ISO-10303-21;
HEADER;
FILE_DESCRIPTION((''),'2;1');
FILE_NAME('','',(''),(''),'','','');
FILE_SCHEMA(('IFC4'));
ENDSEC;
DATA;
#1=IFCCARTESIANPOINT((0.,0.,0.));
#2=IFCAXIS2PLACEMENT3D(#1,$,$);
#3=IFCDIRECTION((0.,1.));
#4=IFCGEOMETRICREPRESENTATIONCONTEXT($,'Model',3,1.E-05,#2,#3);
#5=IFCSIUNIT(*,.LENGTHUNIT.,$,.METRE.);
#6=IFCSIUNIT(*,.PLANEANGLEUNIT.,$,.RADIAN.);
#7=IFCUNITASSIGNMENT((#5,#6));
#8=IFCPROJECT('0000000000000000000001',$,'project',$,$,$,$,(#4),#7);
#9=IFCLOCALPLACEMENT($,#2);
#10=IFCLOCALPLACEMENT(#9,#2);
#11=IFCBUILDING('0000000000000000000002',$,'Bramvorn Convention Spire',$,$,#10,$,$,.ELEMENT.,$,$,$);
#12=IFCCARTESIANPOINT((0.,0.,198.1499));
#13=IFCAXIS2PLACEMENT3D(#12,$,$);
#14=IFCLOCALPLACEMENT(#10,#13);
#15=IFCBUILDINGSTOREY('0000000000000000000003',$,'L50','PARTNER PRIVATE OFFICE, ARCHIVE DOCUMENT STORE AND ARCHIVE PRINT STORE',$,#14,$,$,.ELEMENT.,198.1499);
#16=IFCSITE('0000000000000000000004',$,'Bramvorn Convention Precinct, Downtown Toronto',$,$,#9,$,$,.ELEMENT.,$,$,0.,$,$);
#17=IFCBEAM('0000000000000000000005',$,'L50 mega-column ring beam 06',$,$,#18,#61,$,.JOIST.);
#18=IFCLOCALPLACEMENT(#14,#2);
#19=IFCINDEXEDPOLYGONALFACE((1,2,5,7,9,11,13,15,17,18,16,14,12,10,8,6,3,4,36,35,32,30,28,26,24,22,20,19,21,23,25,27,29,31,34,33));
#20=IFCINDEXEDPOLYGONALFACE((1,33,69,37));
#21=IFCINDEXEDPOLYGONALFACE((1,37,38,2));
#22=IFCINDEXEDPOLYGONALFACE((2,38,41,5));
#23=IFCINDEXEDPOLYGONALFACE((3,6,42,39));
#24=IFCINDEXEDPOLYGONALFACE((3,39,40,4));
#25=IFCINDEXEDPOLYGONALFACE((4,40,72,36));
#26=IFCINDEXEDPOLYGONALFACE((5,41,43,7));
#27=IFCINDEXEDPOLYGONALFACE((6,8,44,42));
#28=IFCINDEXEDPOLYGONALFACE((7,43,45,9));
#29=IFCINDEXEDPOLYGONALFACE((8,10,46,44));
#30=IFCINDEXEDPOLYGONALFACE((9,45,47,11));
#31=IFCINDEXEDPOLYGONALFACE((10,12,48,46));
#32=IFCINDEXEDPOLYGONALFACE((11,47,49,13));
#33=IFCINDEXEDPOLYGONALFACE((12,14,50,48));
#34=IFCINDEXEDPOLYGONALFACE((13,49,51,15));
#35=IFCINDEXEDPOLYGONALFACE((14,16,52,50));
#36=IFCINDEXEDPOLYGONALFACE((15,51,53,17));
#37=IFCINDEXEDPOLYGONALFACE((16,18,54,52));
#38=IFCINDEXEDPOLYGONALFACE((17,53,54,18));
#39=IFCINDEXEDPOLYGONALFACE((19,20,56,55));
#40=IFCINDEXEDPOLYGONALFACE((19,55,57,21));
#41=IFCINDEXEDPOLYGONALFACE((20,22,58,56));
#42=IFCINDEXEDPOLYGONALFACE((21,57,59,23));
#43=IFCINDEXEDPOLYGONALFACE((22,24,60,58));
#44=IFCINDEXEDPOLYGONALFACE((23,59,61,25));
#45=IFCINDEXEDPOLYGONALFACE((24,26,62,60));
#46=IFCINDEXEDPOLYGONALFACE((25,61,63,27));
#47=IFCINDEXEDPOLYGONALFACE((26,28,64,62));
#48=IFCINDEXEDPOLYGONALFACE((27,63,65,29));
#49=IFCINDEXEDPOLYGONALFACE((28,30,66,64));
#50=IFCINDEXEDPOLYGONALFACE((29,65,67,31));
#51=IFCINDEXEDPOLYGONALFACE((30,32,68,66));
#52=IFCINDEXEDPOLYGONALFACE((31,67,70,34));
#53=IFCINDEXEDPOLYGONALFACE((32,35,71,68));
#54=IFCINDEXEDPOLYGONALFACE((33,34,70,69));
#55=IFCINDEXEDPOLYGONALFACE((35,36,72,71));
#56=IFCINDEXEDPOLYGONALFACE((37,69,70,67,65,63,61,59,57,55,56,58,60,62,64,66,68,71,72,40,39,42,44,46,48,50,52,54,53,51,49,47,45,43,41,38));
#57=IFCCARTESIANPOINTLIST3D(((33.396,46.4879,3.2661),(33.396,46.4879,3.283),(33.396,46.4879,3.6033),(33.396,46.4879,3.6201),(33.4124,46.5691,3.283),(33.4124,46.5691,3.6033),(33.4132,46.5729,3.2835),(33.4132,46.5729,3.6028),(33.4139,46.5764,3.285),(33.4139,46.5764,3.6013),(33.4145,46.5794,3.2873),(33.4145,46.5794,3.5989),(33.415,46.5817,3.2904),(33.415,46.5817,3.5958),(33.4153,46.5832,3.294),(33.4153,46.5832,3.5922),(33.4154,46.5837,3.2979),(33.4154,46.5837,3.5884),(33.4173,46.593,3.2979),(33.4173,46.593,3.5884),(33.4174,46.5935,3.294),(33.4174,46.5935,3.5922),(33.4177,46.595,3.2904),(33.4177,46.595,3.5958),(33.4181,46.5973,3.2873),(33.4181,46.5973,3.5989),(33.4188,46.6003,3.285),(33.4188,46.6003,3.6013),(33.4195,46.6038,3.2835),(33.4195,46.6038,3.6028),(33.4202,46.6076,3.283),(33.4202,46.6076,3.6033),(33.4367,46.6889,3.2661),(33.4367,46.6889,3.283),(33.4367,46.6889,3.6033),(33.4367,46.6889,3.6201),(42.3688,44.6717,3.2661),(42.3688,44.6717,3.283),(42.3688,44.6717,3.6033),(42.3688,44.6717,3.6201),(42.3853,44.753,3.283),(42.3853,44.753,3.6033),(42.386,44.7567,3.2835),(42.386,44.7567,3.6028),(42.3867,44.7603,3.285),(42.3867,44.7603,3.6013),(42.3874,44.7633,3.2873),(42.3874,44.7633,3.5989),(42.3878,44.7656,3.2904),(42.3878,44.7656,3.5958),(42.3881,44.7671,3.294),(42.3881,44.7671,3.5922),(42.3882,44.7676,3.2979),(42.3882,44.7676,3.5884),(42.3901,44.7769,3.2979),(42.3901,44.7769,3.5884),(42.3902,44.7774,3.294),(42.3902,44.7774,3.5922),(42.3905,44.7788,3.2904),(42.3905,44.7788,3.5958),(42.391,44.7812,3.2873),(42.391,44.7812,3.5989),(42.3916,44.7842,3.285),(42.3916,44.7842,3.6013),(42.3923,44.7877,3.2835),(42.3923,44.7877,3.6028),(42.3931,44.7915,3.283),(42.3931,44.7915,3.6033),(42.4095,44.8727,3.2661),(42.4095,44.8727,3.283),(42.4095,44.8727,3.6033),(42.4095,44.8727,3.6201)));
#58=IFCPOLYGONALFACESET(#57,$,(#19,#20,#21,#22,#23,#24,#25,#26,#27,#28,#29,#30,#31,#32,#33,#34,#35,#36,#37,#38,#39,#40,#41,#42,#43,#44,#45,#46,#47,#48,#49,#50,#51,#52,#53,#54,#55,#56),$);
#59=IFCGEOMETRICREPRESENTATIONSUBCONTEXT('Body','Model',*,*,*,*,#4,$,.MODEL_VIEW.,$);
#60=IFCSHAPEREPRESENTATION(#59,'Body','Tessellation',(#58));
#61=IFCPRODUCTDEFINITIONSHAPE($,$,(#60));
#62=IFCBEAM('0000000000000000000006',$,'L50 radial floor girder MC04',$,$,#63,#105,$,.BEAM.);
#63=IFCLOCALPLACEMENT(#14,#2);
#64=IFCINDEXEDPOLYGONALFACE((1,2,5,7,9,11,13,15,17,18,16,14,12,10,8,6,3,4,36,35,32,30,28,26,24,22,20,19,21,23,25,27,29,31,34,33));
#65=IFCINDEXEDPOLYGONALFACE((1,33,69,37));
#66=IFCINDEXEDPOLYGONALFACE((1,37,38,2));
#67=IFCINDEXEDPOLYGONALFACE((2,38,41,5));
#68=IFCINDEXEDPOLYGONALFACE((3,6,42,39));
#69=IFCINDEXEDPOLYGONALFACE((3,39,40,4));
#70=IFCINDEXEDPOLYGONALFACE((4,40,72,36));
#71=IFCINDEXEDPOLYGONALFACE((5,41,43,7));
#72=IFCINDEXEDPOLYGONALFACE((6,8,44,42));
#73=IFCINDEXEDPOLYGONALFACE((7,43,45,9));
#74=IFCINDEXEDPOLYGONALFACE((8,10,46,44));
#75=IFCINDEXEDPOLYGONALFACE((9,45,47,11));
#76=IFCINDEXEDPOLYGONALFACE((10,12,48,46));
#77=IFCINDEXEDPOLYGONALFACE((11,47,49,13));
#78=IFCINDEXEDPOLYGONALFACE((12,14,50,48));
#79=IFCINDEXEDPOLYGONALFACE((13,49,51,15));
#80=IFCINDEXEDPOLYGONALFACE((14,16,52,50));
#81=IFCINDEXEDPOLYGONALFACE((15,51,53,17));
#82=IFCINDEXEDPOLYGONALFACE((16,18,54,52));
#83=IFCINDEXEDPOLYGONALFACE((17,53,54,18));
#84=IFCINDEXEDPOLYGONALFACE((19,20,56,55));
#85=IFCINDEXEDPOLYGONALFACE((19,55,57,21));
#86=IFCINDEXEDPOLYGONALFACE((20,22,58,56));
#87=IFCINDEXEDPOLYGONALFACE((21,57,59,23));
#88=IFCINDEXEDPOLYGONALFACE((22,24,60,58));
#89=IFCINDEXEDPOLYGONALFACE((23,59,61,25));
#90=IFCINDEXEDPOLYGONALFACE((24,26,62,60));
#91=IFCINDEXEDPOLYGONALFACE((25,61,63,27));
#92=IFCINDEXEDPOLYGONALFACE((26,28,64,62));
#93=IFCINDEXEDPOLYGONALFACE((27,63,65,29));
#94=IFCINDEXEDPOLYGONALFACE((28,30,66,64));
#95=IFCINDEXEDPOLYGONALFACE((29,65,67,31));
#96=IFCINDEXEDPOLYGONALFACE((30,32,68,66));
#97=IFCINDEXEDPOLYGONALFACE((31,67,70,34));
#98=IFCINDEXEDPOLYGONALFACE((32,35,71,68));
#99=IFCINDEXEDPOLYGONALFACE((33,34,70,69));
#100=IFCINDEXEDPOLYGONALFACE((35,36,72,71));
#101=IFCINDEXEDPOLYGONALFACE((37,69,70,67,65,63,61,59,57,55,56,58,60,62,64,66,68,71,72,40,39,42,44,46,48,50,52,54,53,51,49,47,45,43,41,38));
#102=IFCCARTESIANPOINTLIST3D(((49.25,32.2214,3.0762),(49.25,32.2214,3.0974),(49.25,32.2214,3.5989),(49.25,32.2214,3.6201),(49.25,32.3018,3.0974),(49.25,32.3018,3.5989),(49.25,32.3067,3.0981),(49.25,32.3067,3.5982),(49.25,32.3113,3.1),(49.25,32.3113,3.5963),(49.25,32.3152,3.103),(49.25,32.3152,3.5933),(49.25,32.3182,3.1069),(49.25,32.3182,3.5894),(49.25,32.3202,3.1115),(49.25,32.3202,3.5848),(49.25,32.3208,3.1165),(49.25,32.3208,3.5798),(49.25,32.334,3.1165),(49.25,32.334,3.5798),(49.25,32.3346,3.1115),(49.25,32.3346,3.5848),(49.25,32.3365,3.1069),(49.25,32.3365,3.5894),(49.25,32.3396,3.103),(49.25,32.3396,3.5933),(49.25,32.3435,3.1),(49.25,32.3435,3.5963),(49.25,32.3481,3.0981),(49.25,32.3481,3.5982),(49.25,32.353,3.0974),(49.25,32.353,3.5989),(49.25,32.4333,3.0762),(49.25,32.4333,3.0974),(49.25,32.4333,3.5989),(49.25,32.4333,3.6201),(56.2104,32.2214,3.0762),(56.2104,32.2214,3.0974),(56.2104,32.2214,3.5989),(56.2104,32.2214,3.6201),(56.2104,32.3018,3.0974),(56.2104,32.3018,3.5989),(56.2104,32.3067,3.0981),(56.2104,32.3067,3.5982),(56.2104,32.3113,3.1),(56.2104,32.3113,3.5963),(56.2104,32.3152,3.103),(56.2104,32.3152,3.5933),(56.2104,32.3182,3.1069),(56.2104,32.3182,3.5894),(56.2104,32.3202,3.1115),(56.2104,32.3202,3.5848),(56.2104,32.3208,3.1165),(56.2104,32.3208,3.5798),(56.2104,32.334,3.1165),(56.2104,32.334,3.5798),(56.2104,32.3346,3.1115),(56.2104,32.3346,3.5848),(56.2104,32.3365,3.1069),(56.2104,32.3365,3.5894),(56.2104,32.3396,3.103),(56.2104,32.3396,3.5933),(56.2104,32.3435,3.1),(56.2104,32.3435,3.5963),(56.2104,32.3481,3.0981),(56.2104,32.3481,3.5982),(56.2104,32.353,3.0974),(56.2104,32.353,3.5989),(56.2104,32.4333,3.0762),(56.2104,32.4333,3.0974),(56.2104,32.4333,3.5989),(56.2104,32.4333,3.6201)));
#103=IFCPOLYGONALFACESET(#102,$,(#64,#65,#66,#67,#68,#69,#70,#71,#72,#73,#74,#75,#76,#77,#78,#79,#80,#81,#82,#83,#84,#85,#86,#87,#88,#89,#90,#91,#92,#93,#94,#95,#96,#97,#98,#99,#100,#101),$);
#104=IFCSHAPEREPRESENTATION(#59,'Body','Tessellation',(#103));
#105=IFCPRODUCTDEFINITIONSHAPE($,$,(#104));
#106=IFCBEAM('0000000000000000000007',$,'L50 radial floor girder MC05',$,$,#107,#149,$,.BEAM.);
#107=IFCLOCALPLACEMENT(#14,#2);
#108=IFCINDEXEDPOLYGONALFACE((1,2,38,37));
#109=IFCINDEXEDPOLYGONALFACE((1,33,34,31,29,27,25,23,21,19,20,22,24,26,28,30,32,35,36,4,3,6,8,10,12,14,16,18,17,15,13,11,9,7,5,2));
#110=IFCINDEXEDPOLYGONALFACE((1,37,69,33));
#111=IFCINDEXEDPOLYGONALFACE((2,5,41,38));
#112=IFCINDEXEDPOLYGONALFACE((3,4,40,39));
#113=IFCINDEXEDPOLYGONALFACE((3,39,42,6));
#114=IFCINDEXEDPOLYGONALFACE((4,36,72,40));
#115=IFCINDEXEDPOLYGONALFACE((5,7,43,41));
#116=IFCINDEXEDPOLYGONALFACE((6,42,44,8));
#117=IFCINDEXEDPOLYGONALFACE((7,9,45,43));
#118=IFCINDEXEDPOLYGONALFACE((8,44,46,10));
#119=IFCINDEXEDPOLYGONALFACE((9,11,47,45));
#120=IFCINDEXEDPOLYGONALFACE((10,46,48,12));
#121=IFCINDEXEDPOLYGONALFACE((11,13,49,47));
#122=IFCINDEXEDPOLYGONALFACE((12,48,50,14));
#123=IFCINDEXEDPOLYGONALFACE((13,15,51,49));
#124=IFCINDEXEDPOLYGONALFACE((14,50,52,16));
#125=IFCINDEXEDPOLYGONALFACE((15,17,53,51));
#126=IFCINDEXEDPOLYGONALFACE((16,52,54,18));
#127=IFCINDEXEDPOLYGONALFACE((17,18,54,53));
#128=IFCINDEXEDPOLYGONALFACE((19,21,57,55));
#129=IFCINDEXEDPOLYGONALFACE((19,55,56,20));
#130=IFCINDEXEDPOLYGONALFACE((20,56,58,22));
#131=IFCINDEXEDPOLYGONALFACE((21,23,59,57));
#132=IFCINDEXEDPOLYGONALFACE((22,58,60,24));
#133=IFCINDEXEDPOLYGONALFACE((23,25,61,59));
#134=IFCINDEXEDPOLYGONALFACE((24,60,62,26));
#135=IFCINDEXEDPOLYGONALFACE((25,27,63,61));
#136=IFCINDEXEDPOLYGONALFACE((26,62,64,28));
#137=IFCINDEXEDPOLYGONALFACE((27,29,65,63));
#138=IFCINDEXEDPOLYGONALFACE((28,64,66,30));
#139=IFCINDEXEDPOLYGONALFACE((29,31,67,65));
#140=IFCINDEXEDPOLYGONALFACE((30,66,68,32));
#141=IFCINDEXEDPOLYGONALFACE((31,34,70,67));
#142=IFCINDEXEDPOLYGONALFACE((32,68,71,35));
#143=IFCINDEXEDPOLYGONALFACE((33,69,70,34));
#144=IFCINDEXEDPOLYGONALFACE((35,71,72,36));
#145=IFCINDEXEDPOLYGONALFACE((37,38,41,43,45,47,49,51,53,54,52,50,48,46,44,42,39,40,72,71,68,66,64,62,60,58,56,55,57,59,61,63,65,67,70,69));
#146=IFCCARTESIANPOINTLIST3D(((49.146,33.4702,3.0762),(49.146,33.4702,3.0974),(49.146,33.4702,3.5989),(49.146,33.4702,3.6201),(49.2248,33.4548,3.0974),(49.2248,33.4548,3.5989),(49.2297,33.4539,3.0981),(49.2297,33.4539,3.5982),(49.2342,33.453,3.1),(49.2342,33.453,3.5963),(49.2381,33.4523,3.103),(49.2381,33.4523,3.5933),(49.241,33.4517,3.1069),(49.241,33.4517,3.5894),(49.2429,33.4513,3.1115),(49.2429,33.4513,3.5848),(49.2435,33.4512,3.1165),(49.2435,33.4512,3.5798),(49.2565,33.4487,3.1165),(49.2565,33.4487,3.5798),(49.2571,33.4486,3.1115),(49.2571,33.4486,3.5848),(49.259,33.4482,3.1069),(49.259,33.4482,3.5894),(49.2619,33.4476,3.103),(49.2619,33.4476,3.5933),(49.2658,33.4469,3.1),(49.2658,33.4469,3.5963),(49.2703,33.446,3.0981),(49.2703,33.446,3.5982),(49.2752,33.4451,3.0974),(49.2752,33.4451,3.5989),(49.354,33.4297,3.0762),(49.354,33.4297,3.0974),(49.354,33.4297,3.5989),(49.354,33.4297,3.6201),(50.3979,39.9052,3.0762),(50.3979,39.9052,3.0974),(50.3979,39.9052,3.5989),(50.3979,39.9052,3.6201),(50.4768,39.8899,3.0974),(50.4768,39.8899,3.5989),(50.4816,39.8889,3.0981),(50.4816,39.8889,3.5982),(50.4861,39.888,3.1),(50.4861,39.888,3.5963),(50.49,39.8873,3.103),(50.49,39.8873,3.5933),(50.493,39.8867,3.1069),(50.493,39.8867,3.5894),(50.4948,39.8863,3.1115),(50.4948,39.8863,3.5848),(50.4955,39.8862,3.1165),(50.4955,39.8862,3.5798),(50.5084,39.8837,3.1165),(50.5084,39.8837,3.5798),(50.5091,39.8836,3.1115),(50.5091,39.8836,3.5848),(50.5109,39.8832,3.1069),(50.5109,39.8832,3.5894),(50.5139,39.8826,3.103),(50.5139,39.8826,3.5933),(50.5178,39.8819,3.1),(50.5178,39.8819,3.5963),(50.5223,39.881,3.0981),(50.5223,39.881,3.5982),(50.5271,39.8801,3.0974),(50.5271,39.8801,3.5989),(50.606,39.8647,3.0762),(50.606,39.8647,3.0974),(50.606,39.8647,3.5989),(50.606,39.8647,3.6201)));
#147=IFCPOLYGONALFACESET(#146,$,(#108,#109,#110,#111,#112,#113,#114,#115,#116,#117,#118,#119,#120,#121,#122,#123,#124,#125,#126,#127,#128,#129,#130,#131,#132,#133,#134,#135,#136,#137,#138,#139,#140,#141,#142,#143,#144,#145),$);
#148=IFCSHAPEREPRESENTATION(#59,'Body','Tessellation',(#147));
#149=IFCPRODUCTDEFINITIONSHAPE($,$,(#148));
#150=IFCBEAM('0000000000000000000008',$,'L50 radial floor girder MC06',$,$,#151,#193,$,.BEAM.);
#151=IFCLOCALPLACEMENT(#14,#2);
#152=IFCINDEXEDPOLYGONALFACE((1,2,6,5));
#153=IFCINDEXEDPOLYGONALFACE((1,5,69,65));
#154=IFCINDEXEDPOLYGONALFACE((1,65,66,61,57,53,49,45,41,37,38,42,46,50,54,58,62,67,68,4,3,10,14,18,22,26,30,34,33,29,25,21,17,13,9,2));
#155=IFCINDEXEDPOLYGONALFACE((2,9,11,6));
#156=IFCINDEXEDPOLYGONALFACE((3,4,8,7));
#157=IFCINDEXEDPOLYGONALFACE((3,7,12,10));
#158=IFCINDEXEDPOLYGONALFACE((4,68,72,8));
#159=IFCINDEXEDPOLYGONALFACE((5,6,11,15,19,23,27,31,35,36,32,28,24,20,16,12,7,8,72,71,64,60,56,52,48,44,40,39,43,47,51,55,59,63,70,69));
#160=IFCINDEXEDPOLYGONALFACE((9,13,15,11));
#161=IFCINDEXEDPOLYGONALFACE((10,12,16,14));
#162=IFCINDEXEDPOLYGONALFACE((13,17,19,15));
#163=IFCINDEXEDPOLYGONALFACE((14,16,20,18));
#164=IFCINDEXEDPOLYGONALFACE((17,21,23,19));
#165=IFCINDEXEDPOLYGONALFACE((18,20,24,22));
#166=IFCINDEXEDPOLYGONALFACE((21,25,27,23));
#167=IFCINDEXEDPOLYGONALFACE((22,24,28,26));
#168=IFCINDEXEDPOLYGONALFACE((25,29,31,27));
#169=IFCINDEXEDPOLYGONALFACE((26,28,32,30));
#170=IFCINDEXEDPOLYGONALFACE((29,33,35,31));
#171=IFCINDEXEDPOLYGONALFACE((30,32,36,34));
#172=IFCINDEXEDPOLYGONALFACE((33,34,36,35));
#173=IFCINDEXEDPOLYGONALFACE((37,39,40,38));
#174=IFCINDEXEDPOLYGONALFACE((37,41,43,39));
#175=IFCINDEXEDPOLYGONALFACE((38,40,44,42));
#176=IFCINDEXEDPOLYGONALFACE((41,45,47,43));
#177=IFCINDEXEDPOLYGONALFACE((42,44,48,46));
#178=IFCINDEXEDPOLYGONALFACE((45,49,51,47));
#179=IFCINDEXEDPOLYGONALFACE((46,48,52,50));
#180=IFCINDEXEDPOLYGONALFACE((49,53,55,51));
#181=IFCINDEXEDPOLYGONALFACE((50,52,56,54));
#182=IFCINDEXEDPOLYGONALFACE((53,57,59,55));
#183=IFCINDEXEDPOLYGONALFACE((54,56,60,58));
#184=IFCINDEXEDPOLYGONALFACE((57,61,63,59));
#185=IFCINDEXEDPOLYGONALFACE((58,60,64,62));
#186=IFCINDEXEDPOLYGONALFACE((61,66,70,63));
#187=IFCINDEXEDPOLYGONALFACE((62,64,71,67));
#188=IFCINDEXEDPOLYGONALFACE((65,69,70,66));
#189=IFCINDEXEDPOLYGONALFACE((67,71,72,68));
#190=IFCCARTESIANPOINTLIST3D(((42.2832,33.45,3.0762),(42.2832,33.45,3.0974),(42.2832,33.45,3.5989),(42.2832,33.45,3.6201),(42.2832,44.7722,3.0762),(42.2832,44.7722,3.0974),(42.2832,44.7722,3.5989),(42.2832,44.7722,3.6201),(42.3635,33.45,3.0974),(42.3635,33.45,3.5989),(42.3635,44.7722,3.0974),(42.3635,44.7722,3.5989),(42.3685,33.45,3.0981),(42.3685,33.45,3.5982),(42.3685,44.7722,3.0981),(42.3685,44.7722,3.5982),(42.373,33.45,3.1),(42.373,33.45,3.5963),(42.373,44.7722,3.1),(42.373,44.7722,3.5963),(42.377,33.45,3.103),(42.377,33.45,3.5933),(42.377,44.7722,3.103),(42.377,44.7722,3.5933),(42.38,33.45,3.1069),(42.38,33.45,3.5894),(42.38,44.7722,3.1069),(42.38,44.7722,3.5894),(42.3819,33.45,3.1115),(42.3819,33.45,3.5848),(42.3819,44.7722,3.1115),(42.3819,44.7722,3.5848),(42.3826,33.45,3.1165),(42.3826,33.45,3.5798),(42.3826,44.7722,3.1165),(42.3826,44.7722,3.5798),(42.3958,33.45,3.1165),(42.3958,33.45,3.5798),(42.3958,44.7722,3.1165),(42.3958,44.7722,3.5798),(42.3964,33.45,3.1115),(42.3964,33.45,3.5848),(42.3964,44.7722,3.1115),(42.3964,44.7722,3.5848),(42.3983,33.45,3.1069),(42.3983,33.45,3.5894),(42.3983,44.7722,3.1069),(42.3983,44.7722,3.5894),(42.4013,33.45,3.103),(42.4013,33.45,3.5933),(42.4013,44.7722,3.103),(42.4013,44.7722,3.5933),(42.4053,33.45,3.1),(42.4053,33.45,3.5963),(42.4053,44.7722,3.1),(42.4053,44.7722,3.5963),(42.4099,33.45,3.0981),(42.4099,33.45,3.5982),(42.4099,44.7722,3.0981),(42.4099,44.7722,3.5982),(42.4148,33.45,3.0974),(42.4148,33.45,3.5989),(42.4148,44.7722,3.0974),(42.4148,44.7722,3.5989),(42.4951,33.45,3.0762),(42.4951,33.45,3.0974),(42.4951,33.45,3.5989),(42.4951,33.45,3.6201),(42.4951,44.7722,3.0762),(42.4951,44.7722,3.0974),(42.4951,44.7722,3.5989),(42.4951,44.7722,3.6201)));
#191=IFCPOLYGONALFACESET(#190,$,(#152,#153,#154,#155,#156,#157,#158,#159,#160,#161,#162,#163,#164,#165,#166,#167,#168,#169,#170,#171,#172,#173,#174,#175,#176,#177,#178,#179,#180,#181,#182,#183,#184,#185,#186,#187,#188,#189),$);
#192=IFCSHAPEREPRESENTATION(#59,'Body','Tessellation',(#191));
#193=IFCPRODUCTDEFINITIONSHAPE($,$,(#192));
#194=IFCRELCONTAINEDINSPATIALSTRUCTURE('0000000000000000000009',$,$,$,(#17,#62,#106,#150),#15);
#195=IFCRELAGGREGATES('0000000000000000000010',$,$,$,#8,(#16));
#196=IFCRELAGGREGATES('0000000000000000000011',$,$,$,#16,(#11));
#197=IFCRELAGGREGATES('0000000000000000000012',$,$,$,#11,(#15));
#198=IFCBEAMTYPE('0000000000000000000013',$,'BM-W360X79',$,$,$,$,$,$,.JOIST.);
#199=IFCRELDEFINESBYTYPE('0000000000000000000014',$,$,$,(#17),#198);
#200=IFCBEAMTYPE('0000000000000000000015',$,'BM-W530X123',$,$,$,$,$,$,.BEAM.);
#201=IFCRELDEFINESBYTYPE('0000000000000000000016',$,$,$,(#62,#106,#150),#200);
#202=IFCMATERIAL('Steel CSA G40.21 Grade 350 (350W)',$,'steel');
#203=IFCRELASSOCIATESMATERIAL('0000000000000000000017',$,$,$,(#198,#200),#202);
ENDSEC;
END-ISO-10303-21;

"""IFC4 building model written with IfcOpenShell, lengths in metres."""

from ifc_helpers import new_model, si_unit, direction, frame, origin, origin_2d, place, context, subcontext, project, spatial, i_section, extrude, material, material_profile, profile_set, type_object, element, save


model = new_model("IFC4")

# Units and contexts
model_context = context("Model", 3, precision=1e-05, world=origin(), true_north=direction((0.0, 1.0)))
body_context = subcontext(model_context, "Body", "Model", "MODEL_VIEW")
ifc_project = project(units=[si_unit("LENGTHUNIT", "METRE"), si_unit("PLANEANGLEUNIT", "RADIAN")], contexts=[model_context])

# Site, building, storey
site_placement = place(None, origin())
site = spatial("IfcSite", under=ifc_project, at=site_placement, Name="Bramvorn Convention Precinct, Downtown Toronto", CompositionType="ELEMENT", RefElevation=0.0)
building_placement = place(site_placement, origin())
building = spatial("IfcBuilding", under=site, at=building_placement, Name="Bramvorn Convention Spire", CompositionType="ELEMENT")
storey_placement = place(building_placement, frame((0.0, 0.0, 198.1499)))
storey = spatial("IfcBuildingStorey", under=building, at=storey_placement, Name="L50", Description="PARTNER PRIVATE OFFICE, ARCHIVE DOCUMENT STORE AND ARCHIVE PRINT STORE", CompositionType="ELEMENT", Elevation=198.1499)

# Shared definitions
ifc_material_1 = material(Name="Steel CSA G40.21 Grade 350 (350W)", Category="steel")

# Beams
ifc_material_profile_1 = material_profile(ifc_material_1, i_section(OverallWidth=0.2051, OverallDepth=0.354, WebThickness=0.0095, FlangeThickness=0.0168, FilletRadius=0.0149, at=origin_2d()))
ifc_profile_set_1 = profile_set([ifc_material_profile_1], Name="Steel CSA G40.21 Grade 350 (350W) - W360X79")
beam_type_1 = type_object("IfcBeamType", Name="BM-W360X79", PredefinedType="JOIST", material=ifc_profile_set_1)
beam_1_placement = place(storey_placement, frame((42.3892, 44.7722, 3.4431), z_axis=(-0.980125, 0.198382, 0.0), x_axis=(-0.198382, -0.980125, 0.0)))
element("IfcBeam", 1, at=beam_1_placement, inside=storey, type_object=beam_type_1, Name="L50 mega-column ring beam 06", PredefinedType="JOIST", context=body_context, shape_type="SweptSolid", body=[
    extrude(i_section(OverallWidth=0.2051, OverallDepth=0.354, WebThickness=0.0095, FlangeThickness=0.0168, FilletRadius=0.0149, at=origin_2d()), origin(), (0.0, 0.0, 1.0), 9.1548),
])
ifc_material_profile_2 = material_profile(ifc_material_1, i_section(OverallWidth=0.2119, OverallDepth=0.5439, WebThickness=0.0132, FlangeThickness=0.0212, FilletRadius=0.019, at=origin_2d()))
ifc_profile_set_2 = profile_set([ifc_material_profile_2], Name="Steel CSA G40.21 Grade 350 (350W) - W530X123")
beam_type_2 = type_object("IfcBeamType", Name="BM-W530X123", PredefinedType="BEAM", material=ifc_profile_set_2)
beam_2_placement = place(storey_placement, frame((49.25, 32.3274, 3.3481), z_axis=(1.0, 0.0, 0.0), x_axis=(0.0, 1.0, 0.0)))
element("IfcBeam", 2, at=beam_2_placement, inside=storey, type_object=beam_type_2, Name="L50 radial floor girder MC04", PredefinedType="BEAM", context=body_context, shape_type="SweptSolid", body=[
    extrude(i_section(OverallWidth=0.2119, OverallDepth=0.5439, WebThickness=0.0132, FlangeThickness=0.0212, FilletRadius=0.019, at=origin_2d()), origin(), (0.0, 0.0, 1.0), 6.9604),
])
beam_3_placement = place(storey_placement, frame((49.25, 33.45, 3.3481), z_axis=(0.190971, 0.981596, 0.0), x_axis=(-0.981596, 0.190971, 0.0)))
element("IfcBeam", 3, at=beam_3_placement, inside=storey, type_object=beam_type_2, Name="L50 radial floor girder MC05", PredefinedType="BEAM", context=body_context, shape_type="SweptSolid", body=[
    extrude(i_section(OverallWidth=0.2119, OverallDepth=0.5439, WebThickness=0.0132, FlangeThickness=0.0212, FilletRadius=0.019, at=origin_2d()), origin(), (0.0, 0.0, 1.0), 6.5557),
])
beam_4_placement = place(storey_placement, frame((42.3892, 33.45, 3.3481), z_axis=(0.0, 1.0, 0.0), x_axis=(-1.0, 0.0, 0.0)))
element("IfcBeam", 4, at=beam_4_placement, inside=storey, type_object=beam_type_2, Name="L50 radial floor girder MC06", PredefinedType="BEAM", context=body_context, shape_type="SweptSolid", body=[
    extrude(i_section(OverallWidth=0.2119, OverallDepth=0.5439, WebThickness=0.0132, FlangeThickness=0.0212, FilletRadius=0.019, at=origin_2d()), origin(), (0.0, 0.0, 1.0), 11.3223),
])

save(model, "model.ifc")
